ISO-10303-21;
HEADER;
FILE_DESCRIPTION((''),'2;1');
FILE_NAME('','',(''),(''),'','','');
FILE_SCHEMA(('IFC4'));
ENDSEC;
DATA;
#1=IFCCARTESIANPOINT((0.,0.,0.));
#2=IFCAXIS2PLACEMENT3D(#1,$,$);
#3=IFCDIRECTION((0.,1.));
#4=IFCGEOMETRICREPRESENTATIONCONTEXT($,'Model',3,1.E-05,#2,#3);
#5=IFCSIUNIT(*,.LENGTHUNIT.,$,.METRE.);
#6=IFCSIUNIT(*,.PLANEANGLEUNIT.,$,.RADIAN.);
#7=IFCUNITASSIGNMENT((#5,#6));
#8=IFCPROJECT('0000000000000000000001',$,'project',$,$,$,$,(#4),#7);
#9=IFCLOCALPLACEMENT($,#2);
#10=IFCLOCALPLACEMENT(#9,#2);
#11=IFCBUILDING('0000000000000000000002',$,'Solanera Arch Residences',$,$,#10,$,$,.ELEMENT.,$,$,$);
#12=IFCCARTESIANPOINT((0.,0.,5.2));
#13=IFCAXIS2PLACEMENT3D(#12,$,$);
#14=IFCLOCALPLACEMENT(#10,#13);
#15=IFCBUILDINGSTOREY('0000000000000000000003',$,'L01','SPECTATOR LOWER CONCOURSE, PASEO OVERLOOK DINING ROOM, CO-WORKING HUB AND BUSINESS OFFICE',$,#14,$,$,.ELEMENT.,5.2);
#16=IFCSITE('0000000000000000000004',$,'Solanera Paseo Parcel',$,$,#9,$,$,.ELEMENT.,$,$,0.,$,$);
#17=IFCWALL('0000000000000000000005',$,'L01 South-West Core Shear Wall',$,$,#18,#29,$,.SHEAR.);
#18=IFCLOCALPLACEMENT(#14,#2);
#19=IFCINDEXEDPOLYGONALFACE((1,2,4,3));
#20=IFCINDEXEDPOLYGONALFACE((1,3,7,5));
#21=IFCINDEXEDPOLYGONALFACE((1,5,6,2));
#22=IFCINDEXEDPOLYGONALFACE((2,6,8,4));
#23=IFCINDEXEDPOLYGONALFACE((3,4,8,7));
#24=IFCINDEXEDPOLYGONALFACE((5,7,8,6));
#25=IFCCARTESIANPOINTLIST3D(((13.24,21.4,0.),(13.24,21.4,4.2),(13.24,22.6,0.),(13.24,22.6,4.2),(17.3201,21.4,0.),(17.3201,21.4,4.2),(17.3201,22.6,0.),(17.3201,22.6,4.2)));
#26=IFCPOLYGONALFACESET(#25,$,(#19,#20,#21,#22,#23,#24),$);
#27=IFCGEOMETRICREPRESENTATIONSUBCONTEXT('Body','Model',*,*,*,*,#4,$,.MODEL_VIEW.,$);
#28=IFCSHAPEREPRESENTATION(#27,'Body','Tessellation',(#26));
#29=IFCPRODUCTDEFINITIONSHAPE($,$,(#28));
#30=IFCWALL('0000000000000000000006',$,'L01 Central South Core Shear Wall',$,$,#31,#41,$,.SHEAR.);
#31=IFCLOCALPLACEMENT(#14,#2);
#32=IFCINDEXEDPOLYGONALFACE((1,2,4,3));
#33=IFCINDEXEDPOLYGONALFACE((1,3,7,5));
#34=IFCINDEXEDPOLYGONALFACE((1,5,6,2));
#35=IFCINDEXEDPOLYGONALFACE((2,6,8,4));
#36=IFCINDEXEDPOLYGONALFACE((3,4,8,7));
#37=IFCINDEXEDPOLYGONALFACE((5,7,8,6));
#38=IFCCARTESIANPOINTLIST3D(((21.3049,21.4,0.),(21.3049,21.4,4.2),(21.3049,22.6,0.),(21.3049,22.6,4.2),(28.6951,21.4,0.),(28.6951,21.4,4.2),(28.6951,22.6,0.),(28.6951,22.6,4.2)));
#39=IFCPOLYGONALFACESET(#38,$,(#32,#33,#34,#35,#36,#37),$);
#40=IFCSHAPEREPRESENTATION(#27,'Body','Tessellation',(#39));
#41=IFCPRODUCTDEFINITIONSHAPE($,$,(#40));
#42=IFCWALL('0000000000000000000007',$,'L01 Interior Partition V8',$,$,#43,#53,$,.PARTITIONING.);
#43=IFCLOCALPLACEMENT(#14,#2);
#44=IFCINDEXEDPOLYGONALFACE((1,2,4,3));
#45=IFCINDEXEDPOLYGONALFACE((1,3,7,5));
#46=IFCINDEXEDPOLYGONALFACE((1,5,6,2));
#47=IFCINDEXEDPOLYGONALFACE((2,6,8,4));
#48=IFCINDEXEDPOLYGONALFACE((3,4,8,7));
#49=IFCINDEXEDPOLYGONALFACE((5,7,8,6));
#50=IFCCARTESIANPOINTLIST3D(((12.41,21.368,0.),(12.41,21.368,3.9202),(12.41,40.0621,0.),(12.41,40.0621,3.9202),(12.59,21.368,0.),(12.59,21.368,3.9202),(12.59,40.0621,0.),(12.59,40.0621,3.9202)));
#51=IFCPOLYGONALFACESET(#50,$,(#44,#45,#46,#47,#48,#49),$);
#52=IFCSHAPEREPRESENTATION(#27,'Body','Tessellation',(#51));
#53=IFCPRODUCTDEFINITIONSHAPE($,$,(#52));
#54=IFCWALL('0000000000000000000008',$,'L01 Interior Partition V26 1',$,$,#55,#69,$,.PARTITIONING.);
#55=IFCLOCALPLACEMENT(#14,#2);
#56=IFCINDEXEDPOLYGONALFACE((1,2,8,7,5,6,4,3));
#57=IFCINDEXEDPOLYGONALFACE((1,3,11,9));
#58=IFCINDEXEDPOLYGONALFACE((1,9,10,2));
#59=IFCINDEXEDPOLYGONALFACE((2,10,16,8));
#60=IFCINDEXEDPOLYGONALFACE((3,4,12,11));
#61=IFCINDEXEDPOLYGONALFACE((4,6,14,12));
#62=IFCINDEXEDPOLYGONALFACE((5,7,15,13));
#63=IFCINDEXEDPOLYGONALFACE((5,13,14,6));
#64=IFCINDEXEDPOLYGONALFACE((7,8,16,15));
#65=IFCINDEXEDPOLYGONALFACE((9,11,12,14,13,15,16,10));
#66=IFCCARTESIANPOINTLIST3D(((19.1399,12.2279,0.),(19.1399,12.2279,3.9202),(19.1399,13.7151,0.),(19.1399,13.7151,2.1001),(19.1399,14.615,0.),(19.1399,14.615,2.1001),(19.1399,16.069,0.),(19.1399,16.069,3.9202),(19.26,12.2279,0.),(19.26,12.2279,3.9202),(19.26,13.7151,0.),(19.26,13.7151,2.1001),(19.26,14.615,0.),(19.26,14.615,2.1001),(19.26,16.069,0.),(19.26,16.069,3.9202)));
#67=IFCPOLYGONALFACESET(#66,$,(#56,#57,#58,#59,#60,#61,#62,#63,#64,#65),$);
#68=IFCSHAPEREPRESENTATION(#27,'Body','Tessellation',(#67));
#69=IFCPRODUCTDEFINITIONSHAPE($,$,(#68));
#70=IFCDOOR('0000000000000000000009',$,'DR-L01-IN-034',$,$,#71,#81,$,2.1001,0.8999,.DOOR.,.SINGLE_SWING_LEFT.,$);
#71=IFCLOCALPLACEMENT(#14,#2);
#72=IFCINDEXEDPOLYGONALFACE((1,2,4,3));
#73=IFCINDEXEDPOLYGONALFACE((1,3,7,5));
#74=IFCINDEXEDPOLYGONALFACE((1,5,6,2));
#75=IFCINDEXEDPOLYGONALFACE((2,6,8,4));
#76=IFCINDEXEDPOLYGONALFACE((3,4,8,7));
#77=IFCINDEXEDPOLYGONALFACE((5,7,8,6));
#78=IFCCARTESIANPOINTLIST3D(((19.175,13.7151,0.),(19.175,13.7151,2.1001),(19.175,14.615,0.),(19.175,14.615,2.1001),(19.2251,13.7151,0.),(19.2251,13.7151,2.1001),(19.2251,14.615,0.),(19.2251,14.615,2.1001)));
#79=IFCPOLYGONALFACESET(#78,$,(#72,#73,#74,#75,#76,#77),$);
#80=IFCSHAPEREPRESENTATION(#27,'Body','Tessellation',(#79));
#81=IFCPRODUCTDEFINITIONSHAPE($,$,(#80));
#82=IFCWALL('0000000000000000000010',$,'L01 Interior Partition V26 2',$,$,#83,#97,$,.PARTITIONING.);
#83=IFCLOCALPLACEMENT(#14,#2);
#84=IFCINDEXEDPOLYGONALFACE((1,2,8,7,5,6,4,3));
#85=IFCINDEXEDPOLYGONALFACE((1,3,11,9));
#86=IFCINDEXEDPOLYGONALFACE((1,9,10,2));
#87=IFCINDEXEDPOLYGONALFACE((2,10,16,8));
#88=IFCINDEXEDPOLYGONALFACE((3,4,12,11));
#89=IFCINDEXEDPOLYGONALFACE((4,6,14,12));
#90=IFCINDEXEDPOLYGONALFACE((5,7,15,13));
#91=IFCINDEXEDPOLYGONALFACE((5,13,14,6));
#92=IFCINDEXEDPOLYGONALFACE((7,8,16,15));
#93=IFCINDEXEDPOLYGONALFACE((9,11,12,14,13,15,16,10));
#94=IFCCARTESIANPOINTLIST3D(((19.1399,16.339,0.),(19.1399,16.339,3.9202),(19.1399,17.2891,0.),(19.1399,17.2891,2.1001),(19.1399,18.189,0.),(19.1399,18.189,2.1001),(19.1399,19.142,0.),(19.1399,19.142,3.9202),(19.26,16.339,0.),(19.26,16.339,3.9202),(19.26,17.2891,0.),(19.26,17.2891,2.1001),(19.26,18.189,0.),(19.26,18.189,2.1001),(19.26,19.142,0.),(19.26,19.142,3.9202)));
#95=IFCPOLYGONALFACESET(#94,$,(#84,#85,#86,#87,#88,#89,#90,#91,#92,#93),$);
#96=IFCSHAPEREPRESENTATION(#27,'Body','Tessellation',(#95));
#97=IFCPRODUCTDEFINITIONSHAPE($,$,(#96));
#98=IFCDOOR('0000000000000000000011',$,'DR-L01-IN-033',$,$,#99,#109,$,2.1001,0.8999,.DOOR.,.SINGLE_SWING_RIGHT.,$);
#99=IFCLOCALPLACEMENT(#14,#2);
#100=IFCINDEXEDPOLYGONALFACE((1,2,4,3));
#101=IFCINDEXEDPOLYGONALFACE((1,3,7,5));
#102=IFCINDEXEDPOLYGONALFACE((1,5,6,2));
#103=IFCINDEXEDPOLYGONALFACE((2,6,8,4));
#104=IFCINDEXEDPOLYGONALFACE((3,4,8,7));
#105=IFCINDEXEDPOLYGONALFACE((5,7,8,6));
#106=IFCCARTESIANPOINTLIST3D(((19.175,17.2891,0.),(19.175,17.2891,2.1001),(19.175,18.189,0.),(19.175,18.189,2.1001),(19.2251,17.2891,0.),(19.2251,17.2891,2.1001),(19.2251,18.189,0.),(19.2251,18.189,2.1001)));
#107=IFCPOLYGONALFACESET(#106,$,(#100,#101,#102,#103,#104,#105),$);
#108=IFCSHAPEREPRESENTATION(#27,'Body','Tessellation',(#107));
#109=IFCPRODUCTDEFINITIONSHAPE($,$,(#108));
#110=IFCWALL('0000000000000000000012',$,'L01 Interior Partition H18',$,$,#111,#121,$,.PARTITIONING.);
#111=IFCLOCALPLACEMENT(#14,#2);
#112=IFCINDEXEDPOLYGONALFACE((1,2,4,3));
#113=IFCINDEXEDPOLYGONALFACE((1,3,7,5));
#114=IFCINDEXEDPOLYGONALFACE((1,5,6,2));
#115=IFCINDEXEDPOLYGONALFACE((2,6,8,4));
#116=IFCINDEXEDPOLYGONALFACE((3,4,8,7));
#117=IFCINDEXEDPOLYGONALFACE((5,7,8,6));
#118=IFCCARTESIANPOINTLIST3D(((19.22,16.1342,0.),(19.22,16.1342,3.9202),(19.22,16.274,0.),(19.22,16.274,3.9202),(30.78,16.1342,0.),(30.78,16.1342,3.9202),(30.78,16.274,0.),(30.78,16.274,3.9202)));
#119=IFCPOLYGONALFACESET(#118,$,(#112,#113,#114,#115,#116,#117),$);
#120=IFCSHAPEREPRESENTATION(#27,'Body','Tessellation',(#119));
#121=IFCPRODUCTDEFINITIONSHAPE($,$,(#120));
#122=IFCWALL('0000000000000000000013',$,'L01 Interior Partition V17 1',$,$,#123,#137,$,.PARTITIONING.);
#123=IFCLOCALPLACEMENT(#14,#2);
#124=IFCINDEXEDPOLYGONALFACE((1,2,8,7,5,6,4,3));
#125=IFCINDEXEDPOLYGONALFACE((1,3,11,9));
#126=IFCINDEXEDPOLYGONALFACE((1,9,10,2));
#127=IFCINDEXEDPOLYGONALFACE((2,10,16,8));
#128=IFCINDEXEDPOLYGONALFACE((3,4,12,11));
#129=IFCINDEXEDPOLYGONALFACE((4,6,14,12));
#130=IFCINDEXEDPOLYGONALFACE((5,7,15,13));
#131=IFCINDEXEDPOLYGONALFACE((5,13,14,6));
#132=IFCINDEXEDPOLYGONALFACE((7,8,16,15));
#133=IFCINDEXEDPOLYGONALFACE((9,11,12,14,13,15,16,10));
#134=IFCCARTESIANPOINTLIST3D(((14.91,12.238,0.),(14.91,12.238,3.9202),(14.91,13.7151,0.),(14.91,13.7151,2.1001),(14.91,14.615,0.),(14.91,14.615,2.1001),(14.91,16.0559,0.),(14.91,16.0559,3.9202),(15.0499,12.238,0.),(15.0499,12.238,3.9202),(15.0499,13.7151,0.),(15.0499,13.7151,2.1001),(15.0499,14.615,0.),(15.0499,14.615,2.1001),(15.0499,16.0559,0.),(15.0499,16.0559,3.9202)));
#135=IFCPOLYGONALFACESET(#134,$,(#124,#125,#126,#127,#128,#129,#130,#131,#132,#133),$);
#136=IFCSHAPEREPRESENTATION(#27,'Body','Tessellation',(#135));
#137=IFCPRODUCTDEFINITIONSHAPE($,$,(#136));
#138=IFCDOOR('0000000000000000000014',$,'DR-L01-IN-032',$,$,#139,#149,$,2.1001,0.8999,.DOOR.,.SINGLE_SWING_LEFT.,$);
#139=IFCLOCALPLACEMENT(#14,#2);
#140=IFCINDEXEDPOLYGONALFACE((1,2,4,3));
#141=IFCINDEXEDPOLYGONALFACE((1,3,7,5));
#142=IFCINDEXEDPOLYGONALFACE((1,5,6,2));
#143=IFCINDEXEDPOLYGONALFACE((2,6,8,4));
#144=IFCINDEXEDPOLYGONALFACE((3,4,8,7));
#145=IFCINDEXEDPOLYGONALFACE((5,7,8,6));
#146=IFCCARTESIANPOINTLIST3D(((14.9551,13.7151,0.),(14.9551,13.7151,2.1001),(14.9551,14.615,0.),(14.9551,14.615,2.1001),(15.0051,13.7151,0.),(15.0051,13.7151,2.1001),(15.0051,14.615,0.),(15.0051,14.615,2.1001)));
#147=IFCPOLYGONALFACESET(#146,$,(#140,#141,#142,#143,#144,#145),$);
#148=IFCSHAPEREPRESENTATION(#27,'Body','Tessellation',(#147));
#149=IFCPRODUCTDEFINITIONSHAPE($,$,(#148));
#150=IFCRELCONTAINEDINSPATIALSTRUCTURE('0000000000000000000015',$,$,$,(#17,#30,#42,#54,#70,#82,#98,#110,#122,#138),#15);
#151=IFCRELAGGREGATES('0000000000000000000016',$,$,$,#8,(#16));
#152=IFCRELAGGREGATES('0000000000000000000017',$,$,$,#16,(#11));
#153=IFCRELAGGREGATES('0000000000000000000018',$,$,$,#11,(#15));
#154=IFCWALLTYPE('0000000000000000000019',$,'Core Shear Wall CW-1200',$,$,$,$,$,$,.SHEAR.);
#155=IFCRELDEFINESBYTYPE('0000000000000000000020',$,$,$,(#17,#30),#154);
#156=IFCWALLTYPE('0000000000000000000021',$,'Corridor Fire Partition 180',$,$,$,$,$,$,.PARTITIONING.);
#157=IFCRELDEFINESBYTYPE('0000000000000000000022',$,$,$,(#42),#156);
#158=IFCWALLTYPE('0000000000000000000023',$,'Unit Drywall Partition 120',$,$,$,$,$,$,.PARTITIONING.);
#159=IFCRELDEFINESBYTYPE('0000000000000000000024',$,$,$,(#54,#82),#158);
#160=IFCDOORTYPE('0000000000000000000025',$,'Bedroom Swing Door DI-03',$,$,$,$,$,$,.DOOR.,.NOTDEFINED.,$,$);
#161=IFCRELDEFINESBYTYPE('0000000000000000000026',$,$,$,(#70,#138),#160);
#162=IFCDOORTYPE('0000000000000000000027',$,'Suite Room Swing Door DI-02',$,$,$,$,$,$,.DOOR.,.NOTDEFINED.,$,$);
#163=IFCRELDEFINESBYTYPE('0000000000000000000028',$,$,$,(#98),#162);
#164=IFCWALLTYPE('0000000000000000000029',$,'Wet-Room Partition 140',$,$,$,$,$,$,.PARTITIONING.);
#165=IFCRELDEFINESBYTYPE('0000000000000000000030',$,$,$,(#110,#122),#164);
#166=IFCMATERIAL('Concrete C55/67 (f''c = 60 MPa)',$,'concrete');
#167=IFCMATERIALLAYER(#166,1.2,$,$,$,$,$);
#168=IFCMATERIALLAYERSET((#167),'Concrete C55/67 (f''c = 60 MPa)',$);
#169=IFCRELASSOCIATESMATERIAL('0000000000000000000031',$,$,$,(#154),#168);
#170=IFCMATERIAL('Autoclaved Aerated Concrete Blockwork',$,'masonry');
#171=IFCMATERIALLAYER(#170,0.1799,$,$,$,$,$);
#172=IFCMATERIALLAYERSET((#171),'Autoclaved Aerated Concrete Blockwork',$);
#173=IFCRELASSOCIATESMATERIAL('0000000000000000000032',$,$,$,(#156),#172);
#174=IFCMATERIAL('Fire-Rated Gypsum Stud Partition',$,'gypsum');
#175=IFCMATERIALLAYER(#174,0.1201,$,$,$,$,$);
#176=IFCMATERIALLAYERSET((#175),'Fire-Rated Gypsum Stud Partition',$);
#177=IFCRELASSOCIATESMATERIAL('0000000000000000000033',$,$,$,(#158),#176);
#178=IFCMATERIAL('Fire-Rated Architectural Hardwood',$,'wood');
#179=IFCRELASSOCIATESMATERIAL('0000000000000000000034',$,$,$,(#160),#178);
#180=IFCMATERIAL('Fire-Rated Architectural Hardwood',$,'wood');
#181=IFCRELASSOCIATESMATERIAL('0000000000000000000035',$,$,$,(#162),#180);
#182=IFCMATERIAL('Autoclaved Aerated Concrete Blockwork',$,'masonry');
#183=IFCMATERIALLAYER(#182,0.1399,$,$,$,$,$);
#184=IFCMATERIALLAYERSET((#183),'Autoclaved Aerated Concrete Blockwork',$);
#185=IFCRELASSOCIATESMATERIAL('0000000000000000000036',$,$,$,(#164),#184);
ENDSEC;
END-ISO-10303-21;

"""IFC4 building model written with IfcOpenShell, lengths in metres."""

from ifc_helpers import new_model, si_unit, direction, frame, frame_2d, origin, place, context, subcontext, project, spatial, rectangle, extrude, material, layer, layer_set, type_object, element, fill, save


model = new_model("IFC4")

# Units and contexts
model_context = context("Model", 3, precision=1e-05, world=origin(), true_north=direction((0.0, 1.0)))
body_context = subcontext(model_context, "Body", "Model", "MODEL_VIEW")
ifc_project = project(units=[si_unit("LENGTHUNIT", "METRE"), si_unit("PLANEANGLEUNIT", "RADIAN")], contexts=[model_context])

# Site, building, storey
site_placement = place(None, origin())
site = spatial("IfcSite", under=ifc_project, at=site_placement, Name="Solanera Paseo Parcel", CompositionType="ELEMENT", RefElevation=0.0)
building_placement = place(site_placement, origin())
building = spatial("IfcBuilding", under=site, at=building_placement, Name="Solanera Arch Residences", CompositionType="ELEMENT")
storey_placement = place(building_placement, frame((0.0, 0.0, 5.2)))
storey = spatial("IfcBuildingStorey", under=building, at=storey_placement, Name="L01", Description="SPECTATOR LOWER CONCOURSE, PASEO OVERLOOK DINING ROOM, CO-WORKING HUB AND BUSINESS OFFICE", CompositionType="ELEMENT", Elevation=5.2)

# Walls
ifc_material_1 = material(Name="Concrete C55/67 (f'c = 60 MPa)", Category="concrete")
ifc_layer_1 = layer(ifc_material_1, 1.2)
ifc_layer_set_1 = layer_set([ifc_layer_1], Name="Concrete C55/67 (f'c = 60 MPa)")
wall_type_1 = type_object("IfcWallType", Name="Core Shear Wall CW-1200", PredefinedType="SHEAR", material=ifc_layer_set_1)
wall_1_placement = place(storey_placement, frame((13.24, 22.0, 0.0), z_axis=(0.0, 0.0, 1.0), x_axis=(1.0, 0.0, 0.0)))
element("IfcWall", 1, at=wall_1_placement, inside=storey, type_object=wall_type_1, Name="L01 South-West Core Shear Wall", PredefinedType="SHEAR", context=body_context, shape_type="SweptSolid", body=[
    extrude(rectangle(XDim=4.0801, YDim=1.2, at=frame_2d((2.04, 0.0))), origin(), (0.0, 0.0, 1.0), 4.2),
])
wall_2_placement = place(storey_placement, frame((21.3049, 22.0, 0.0), z_axis=(0.0, 0.0, 1.0), x_axis=(1.0, 0.0, 0.0)))
element("IfcWall", 2, at=wall_2_placement, inside=storey, type_object=wall_type_1, Name="L01 Central South Core Shear Wall", PredefinedType="SHEAR", context=body_context, shape_type="SweptSolid", body=[
    extrude(rectangle(XDim=7.3901, YDim=1.2, at=frame_2d((3.6951, 0.0))), origin(), (0.0, 0.0, 1.0), 4.2),
])
ifc_material_2 = material(Name="Autoclaved Aerated Concrete Blockwork", Category="masonry")
ifc_layer_2 = layer(ifc_material_2, 0.1799)
ifc_layer_set_2 = layer_set([ifc_layer_2], Name="Autoclaved Aerated Concrete Blockwork")
wall_type_2 = type_object("IfcWallType", Name="Corridor Fire Partition 180", PredefinedType="PARTITIONING", material=ifc_layer_set_2)
wall_3_placement = place(storey_placement, frame((12.5, 21.3679, 0.0), z_axis=(0.0, 0.0, 1.0), x_axis=(0.0, 1.0, 0.0)))
element("IfcWall", 3, at=wall_3_placement, inside=storey, type_object=wall_type_2, Name="L01 Interior Partition V8", PredefinedType="PARTITIONING", context=body_context, shape_type="SweptSolid", body=[
    extrude(rectangle(XDim=18.6941, YDim=0.1799, at=frame_2d((9.3472, 0.0))), origin(), (0.0, 0.0, 1.0), 3.9202),
])

# Walls, openings, doors
ifc_material_3 = material(Name="Fire-Rated Gypsum Stud Partition", Category="gypsum")
ifc_layer_3 = layer(ifc_material_3, 0.1201)
ifc_layer_set_3 = layer_set([ifc_layer_3], Name="Fire-Rated Gypsum Stud Partition")
wall_type_3 = type_object("IfcWallType", Name="Unit Drywall Partition 120", PredefinedType="PARTITIONING", material=ifc_layer_set_3)
wall_4_placement = place(storey_placement, frame((19.2, 12.228, 0.0), z_axis=(0.0, 0.0, 1.0), x_axis=(0.0, 1.0, 0.0)))
wall_4 = element("IfcWall", 4, at=wall_4_placement, inside=storey, type_object=wall_type_3, Name="L01 Interior Partition V26 1", PredefinedType="PARTITIONING", context=body_context, shape_type="SweptSolid", body=[
    extrude(rectangle(XDim=3.8411, YDim=0.1201, at=frame_2d((1.9204, 0.0))), origin(), (0.0, 0.0, 1.0), 3.9202),
])
opening_1_placement = place(wall_4_placement, frame((1.4871, 0.0, 0.0)))
opening_1 = element("IfcOpeningElement", 5, at=opening_1_placement, cuts=wall_4, PredefinedType="OPENING", context=body_context, shape_type="SweptSolid", body=[
    extrude(rectangle(XDim=0.8999, YDim=2.1001, at=frame_2d((0.45, 1.05))), frame((0.0, 0.0701, 0.0), z_axis=(0.0, -1.0, 0.0), x_axis=(1.0, 0.0, 0.0)), (0.0, 0.0, 1.0), 0.1401),
])
ifc_material_4 = material(Name="Fire-Rated Architectural Hardwood", Category="wood")
door_type_1 = type_object("IfcDoorType", Name="Bedroom Swing Door DI-03", OperationType="NOTDEFINED", PredefinedType="DOOR", material=ifc_material_4)
door_1_placement = place(opening_1_placement, origin())
door_1 = element("IfcDoor", 6, at=door_1_placement, inside=storey, type_object=door_type_1, Name="DR-L01-IN-034", OperationType="SINGLE_SWING_LEFT", OverallHeight=2.1001, OverallWidth=0.8999, PredefinedType="DOOR", context=body_context, shape_type="SweptSolid", body=[
    extrude(rectangle(XDim=0.8999, YDim=2.1001, at=frame_2d((0.45, 1.05))), frame((0.0, 0.0249, 0.0), z_axis=(0.0, -1.0, 0.0), x_axis=(1.0, 0.0, 0.0)), (0.0, 0.0, 1.0), 0.05),
])
fill(opening_1, door_1)
wall_5_placement = place(storey_placement, frame((19.2, 16.3391, 0.0), z_axis=(0.0, 0.0, 1.0), x_axis=(0.0, 1.0, 0.0)))
wall_5 = element("IfcWall", 7, at=wall_5_placement, inside=storey, type_object=wall_type_3, Name="L01 Interior Partition V26 2", PredefinedType="PARTITIONING", context=body_context, shape_type="SweptSolid", body=[
    extrude(rectangle(XDim=2.803, YDim=0.1201, at=frame_2d((1.4014, 0.0))), origin(), (0.0, 0.0, 1.0), 3.9202),
])
opening_2_placement = place(wall_5_placement, frame((0.95, 0.0, 0.0)))
opening_2 = element("IfcOpeningElement", 8, at=opening_2_placement, cuts=wall_5, PredefinedType="OPENING", context=body_context, shape_type="SweptSolid", body=[
    extrude(rectangle(XDim=0.8999, YDim=2.1001, at=frame_2d((0.45, 1.05))), frame((0.0, 0.0701, 0.0), z_axis=(0.0, -1.0, 0.0), x_axis=(1.0, 0.0, 0.0)), (0.0, 0.0, 1.0), 0.1401),
])
ifc_material_5 = material(Name="Fire-Rated Architectural Hardwood", Category="wood")
door_type_2 = type_object("IfcDoorType", Name="Suite Room Swing Door DI-02", OperationType="NOTDEFINED", PredefinedType="DOOR", material=ifc_material_5)
door_2_placement = place(opening_2_placement, origin())
door_2 = element("IfcDoor", 9, at=door_2_placement, inside=storey, type_object=door_type_2, Name="DR-L01-IN-033", OperationType="SINGLE_SWING_RIGHT", OverallHeight=2.1001, OverallWidth=0.8999, PredefinedType="DOOR", context=body_context, shape_type="SweptSolid", body=[
    extrude(rectangle(XDim=0.8999, YDim=2.1001, at=frame_2d((0.45, 1.05))), frame((0.0, 0.0249, 0.0), z_axis=(0.0, -1.0, 0.0), x_axis=(1.0, 0.0, 0.0)), (0.0, 0.0, 1.0), 0.05),
])
fill(opening_2, door_2)

# Wall
ifc_material_6 = material(Name="Autoclaved Aerated Concrete Blockwork", Category="masonry")
ifc_layer_4 = layer(ifc_material_6, 0.1399)
ifc_layer_set_4 = layer_set([ifc_layer_4], Name="Autoclaved Aerated Concrete Blockwork")
wall_type_4 = type_object("IfcWallType", Name="Wet-Room Partition 140", PredefinedType="PARTITIONING", material=ifc_layer_set_4)
wall_6_placement = place(storey_placement, frame((19.22, 16.2041, 0.0), z_axis=(0.0, 0.0, 1.0), x_axis=(1.0, 0.0, 0.0)))
element("IfcWall", 10, at=wall_6_placement, inside=storey, type_object=wall_type_4, Name="L01 Interior Partition H18", PredefinedType="PARTITIONING", context=body_context, shape_type="SweptSolid", body=[
    extrude(rectangle(XDim=11.5601, YDim=0.1399, at=frame_2d((5.78, 0.0))), origin(), (0.0, 0.0, 1.0), 3.9202),
])

# Wall, opening, door
wall_7_placement = place(storey_placement, frame((14.98, 12.238, 0.0), z_axis=(0.0, 0.0, 1.0), x_axis=(0.0, 1.0, 0.0)))
wall_7 = element("IfcWall", 11, at=wall_7_placement, inside=storey, type_object=wall_type_4, Name="L01 Interior Partition V17 1", PredefinedType="PARTITIONING", context=body_context, shape_type="SweptSolid", body=[
    extrude(rectangle(XDim=3.8179, YDim=0.1399, at=frame_2d((1.9089, 0.0))), origin(), (0.0, 0.0, 1.0), 3.9202),
])
opening_3_placement = place(wall_7_placement, frame((1.4771, 0.0, 0.0)))
opening_3 = element("IfcOpeningElement", 12, at=opening_3_placement, cuts=wall_7, PredefinedType="OPENING", context=body_context, shape_type="SweptSolid", body=[
    extrude(rectangle(XDim=0.8999, YDim=2.1001, at=frame_2d((0.45, 1.05))), frame((0.0, 0.0798, 0.0), z_axis=(0.0, -1.0, 0.0), x_axis=(1.0, 0.0, 0.0)), (0.0, 0.0, 1.0), 0.1599),
])
door_3_placement = place(opening_3_placement, origin())
door_3 = element("IfcDoor", 13, at=door_3_placement, inside=storey, type_object=door_type_1, Name="DR-L01-IN-032", OperationType="SINGLE_SWING_LEFT", OverallHeight=2.1001, OverallWidth=0.8999, PredefinedType="DOOR", context=body_context, shape_type="SweptSolid", body=[
    extrude(rectangle(XDim=0.8999, YDim=2.1001, at=frame_2d((0.45, 1.05))), frame((0.0, 0.0249, 0.0), z_axis=(0.0, -1.0, 0.0), x_axis=(1.0, 0.0, 0.0)), (0.0, 0.0, 1.0), 0.05),
])
fill(opening_3, door_3)

save(model, "model.ifc")
